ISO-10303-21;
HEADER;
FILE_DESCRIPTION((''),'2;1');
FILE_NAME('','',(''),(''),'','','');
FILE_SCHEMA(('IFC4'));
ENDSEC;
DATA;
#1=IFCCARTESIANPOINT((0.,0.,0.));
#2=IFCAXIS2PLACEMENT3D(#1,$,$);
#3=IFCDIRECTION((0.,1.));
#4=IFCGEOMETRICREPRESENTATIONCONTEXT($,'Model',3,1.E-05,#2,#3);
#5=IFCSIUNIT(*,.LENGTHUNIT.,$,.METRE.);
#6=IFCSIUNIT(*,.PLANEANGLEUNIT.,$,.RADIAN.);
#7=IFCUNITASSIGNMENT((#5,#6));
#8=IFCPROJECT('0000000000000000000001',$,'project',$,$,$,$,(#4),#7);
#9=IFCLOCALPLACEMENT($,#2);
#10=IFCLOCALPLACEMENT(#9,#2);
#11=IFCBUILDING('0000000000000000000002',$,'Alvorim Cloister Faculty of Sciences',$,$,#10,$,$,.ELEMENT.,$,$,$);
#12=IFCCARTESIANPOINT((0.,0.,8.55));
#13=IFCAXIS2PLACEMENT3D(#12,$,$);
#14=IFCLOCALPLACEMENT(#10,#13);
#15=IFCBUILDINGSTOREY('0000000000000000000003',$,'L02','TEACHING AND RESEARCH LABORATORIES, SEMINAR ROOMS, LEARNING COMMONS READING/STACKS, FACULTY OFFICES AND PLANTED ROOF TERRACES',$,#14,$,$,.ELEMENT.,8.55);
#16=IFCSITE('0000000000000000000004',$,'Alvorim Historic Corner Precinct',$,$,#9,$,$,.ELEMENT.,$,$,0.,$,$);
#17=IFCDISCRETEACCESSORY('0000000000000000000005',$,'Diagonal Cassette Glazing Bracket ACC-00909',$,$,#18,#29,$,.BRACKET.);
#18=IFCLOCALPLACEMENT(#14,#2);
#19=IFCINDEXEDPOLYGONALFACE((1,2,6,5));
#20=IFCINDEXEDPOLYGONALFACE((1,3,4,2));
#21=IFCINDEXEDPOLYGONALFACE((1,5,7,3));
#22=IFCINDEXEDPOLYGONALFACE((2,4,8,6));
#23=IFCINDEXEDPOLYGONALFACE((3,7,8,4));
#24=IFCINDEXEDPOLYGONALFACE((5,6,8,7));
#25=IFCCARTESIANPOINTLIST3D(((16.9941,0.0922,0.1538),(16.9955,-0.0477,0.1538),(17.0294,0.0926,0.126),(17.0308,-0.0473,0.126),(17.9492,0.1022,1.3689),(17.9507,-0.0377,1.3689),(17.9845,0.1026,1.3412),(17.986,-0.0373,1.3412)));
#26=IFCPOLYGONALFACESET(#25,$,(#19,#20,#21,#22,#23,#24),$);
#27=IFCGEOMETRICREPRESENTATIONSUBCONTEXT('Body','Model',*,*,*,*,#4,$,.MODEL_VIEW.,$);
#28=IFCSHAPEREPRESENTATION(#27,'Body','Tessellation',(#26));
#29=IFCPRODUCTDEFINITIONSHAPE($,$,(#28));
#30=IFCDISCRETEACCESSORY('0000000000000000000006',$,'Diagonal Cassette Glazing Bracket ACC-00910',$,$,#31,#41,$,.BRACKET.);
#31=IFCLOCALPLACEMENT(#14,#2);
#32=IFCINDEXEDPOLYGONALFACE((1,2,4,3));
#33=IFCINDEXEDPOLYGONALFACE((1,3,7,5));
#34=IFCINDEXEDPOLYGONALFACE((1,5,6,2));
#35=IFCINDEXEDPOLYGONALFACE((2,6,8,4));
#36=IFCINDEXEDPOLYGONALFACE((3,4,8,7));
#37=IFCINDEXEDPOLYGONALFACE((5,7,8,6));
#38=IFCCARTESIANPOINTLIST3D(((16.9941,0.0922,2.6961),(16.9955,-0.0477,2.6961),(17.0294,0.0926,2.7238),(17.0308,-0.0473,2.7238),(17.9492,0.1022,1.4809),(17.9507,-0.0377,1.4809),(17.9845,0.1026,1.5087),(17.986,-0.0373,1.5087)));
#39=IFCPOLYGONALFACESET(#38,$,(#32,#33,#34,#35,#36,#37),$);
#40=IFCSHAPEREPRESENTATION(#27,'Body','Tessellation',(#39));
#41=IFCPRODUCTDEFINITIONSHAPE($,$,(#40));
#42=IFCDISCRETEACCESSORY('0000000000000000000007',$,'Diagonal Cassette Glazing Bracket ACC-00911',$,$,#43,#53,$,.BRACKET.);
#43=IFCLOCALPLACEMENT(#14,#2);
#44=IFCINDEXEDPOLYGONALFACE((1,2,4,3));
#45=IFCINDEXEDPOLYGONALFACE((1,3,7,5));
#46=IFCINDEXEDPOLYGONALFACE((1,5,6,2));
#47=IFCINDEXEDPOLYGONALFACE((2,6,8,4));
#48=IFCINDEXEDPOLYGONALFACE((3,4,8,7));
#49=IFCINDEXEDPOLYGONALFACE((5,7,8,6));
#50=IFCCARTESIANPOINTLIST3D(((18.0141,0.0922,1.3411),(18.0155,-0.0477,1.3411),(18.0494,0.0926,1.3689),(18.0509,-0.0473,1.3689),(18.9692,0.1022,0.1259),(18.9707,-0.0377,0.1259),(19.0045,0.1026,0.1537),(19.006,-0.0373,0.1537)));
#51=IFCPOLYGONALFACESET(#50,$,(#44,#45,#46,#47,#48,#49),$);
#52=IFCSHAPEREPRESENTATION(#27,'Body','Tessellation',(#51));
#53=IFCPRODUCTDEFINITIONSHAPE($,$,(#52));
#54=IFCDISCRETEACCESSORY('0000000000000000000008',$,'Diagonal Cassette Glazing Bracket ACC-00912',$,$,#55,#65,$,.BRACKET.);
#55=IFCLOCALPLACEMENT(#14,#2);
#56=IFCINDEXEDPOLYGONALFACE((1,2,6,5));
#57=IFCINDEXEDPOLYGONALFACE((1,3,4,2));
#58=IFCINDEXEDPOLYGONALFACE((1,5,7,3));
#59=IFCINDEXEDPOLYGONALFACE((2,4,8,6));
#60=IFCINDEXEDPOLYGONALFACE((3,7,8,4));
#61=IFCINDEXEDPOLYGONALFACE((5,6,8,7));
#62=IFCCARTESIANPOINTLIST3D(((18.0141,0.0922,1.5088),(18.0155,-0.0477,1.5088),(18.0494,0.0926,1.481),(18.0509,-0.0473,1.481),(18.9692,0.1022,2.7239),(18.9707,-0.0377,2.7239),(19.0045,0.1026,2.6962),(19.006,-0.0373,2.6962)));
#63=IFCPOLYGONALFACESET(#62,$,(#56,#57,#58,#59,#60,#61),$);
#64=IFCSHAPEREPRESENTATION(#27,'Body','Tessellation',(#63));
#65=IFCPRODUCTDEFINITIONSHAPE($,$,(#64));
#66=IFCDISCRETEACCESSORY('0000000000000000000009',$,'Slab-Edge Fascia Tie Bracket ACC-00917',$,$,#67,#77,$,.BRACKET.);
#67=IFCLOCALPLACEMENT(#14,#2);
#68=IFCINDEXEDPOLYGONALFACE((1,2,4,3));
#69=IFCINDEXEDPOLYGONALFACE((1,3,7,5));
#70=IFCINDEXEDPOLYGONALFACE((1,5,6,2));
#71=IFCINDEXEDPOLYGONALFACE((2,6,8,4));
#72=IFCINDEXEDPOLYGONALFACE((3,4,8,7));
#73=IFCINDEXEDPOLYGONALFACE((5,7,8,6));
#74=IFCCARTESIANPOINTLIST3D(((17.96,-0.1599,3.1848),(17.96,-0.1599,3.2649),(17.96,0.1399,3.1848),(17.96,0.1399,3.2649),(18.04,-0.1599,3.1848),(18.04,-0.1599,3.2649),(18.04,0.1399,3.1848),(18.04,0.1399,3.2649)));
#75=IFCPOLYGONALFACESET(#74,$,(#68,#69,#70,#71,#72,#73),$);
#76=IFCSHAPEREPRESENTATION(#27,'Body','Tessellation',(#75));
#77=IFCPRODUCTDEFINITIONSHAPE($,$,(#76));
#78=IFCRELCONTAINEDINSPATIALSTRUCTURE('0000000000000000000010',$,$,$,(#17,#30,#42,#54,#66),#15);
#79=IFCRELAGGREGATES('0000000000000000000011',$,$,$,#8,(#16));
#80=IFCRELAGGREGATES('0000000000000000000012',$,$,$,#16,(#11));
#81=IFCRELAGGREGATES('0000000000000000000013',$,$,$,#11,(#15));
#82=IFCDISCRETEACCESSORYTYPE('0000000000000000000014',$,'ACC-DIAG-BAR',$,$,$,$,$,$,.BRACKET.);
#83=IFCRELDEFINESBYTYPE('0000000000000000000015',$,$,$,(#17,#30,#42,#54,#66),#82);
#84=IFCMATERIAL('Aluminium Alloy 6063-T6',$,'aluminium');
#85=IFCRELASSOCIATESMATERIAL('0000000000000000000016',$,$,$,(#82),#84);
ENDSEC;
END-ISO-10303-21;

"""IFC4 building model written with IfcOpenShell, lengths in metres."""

from ifc_helpers import new_model, si_unit, direction, frame, origin, origin_2d, place, context, subcontext, project, spatial, rectangle, extrude, material, type_object, element, save


model = new_model("IFC4")

# Units and contexts
model_context = context("Model", 3, precision=1e-05, world=origin(), true_north=direction((0.0, 1.0)))
body_context = subcontext(model_context, "Body", "Model", "MODEL_VIEW")
ifc_project = project(units=[si_unit("LENGTHUNIT", "METRE"), si_unit("PLANEANGLEUNIT", "RADIAN")], contexts=[model_context])

# Site, building, storey
site_placement = place(None, origin())
site = spatial("IfcSite", under=ifc_project, at=site_placement, Name="Alvorim Historic Corner Precinct", CompositionType="ELEMENT", RefElevation=0.0)
building_placement = place(site_placement, origin())
building = spatial("IfcBuilding", under=site, at=building_placement, Name="Alvorim Cloister Faculty of Sciences", CompositionType="ELEMENT")
storey_placement = place(building_placement, frame((0.0, 0.0, 8.55)))
storey = spatial("IfcBuildingStorey", under=building, at=storey_placement, Name="L02", Description="TEACHING AND RESEARCH LABORATORIES, SEMINAR ROOMS, LEARNING COMMONS READING/STACKS, FACULTY OFFICES AND PLANTED ROOF TERRACES", CompositionType="ELEMENT", Elevation=8.55)

# Shared definitions
ifc_material_1 = material(Name="Aluminium Alloy 6063-T6", Category="aluminium")

# Discrete accessories
discrete_accessory_type = type_object("IfcDiscreteAccessoryType", Name="ACC-DIAG-BAR", PredefinedType="BRACKET", material=ifc_material_1)
for number, where, z_axis, x_axis, name in (
    (1, (17.0125, 0.0225, 0.1399), (0.617955, 0.006477, 0.786187), (-0.01048, 0.999945, 0.0), "Diagonal Cassette Glazing Bracket ACC-00909"),
    (2, (17.0125, 0.0225, 2.71), (0.617955, 0.006477, -0.786187), (-0.01048, 0.999945, 0.0), "Diagonal Cassette Glazing Bracket ACC-00910"),
    (3, (18.0325, 0.0225, 1.355), (0.617955, 0.006477, -0.786187), (-0.01048, 0.999945, 0.0), "Diagonal Cassette Glazing Bracket ACC-00911"),
    (4, (18.0325, 0.0225, 1.4949), (0.617955, 0.006477, 0.786187), (-0.01048, 0.999945, 0.0), "Diagonal Cassette Glazing Bracket ACC-00912"),
):
    element("IfcDiscreteAccessory", number, at=place(storey_placement, frame(where, z_axis=z_axis, x_axis=x_axis)), inside=storey, type_object=discrete_accessory_type, Name=name, PredefinedType="BRACKET", context=body_context, shape_type="SweptSolid", body=[
        extrude(rectangle(XDim=0.1399, YDim=0.0449, at=origin_2d()), origin(), (0.0, 0.0, 1.0), 1.5457),
    ])
discrete_accessory_placement = place(storey_placement, frame((18.0, 0.1399, 3.2249), z_axis=(0.0, -1.0, 0.0), x_axis=(1.0, 0.0, 0.0)))
element("IfcDiscreteAccessory", 5, at=discrete_accessory_placement, inside=storey, type_object=discrete_accessory_type, Name="Slab-Edge Fascia Tie Bracket ACC-00917", PredefinedType="BRACKET", context=body_context, shape_type="SweptSolid", body=[
    extrude(rectangle(XDim=0.0801, YDim=0.0801, at=origin_2d()), origin(), (0.0, 0.0, 1.0), 0.2998),
])

save(model, "model.ifc")
